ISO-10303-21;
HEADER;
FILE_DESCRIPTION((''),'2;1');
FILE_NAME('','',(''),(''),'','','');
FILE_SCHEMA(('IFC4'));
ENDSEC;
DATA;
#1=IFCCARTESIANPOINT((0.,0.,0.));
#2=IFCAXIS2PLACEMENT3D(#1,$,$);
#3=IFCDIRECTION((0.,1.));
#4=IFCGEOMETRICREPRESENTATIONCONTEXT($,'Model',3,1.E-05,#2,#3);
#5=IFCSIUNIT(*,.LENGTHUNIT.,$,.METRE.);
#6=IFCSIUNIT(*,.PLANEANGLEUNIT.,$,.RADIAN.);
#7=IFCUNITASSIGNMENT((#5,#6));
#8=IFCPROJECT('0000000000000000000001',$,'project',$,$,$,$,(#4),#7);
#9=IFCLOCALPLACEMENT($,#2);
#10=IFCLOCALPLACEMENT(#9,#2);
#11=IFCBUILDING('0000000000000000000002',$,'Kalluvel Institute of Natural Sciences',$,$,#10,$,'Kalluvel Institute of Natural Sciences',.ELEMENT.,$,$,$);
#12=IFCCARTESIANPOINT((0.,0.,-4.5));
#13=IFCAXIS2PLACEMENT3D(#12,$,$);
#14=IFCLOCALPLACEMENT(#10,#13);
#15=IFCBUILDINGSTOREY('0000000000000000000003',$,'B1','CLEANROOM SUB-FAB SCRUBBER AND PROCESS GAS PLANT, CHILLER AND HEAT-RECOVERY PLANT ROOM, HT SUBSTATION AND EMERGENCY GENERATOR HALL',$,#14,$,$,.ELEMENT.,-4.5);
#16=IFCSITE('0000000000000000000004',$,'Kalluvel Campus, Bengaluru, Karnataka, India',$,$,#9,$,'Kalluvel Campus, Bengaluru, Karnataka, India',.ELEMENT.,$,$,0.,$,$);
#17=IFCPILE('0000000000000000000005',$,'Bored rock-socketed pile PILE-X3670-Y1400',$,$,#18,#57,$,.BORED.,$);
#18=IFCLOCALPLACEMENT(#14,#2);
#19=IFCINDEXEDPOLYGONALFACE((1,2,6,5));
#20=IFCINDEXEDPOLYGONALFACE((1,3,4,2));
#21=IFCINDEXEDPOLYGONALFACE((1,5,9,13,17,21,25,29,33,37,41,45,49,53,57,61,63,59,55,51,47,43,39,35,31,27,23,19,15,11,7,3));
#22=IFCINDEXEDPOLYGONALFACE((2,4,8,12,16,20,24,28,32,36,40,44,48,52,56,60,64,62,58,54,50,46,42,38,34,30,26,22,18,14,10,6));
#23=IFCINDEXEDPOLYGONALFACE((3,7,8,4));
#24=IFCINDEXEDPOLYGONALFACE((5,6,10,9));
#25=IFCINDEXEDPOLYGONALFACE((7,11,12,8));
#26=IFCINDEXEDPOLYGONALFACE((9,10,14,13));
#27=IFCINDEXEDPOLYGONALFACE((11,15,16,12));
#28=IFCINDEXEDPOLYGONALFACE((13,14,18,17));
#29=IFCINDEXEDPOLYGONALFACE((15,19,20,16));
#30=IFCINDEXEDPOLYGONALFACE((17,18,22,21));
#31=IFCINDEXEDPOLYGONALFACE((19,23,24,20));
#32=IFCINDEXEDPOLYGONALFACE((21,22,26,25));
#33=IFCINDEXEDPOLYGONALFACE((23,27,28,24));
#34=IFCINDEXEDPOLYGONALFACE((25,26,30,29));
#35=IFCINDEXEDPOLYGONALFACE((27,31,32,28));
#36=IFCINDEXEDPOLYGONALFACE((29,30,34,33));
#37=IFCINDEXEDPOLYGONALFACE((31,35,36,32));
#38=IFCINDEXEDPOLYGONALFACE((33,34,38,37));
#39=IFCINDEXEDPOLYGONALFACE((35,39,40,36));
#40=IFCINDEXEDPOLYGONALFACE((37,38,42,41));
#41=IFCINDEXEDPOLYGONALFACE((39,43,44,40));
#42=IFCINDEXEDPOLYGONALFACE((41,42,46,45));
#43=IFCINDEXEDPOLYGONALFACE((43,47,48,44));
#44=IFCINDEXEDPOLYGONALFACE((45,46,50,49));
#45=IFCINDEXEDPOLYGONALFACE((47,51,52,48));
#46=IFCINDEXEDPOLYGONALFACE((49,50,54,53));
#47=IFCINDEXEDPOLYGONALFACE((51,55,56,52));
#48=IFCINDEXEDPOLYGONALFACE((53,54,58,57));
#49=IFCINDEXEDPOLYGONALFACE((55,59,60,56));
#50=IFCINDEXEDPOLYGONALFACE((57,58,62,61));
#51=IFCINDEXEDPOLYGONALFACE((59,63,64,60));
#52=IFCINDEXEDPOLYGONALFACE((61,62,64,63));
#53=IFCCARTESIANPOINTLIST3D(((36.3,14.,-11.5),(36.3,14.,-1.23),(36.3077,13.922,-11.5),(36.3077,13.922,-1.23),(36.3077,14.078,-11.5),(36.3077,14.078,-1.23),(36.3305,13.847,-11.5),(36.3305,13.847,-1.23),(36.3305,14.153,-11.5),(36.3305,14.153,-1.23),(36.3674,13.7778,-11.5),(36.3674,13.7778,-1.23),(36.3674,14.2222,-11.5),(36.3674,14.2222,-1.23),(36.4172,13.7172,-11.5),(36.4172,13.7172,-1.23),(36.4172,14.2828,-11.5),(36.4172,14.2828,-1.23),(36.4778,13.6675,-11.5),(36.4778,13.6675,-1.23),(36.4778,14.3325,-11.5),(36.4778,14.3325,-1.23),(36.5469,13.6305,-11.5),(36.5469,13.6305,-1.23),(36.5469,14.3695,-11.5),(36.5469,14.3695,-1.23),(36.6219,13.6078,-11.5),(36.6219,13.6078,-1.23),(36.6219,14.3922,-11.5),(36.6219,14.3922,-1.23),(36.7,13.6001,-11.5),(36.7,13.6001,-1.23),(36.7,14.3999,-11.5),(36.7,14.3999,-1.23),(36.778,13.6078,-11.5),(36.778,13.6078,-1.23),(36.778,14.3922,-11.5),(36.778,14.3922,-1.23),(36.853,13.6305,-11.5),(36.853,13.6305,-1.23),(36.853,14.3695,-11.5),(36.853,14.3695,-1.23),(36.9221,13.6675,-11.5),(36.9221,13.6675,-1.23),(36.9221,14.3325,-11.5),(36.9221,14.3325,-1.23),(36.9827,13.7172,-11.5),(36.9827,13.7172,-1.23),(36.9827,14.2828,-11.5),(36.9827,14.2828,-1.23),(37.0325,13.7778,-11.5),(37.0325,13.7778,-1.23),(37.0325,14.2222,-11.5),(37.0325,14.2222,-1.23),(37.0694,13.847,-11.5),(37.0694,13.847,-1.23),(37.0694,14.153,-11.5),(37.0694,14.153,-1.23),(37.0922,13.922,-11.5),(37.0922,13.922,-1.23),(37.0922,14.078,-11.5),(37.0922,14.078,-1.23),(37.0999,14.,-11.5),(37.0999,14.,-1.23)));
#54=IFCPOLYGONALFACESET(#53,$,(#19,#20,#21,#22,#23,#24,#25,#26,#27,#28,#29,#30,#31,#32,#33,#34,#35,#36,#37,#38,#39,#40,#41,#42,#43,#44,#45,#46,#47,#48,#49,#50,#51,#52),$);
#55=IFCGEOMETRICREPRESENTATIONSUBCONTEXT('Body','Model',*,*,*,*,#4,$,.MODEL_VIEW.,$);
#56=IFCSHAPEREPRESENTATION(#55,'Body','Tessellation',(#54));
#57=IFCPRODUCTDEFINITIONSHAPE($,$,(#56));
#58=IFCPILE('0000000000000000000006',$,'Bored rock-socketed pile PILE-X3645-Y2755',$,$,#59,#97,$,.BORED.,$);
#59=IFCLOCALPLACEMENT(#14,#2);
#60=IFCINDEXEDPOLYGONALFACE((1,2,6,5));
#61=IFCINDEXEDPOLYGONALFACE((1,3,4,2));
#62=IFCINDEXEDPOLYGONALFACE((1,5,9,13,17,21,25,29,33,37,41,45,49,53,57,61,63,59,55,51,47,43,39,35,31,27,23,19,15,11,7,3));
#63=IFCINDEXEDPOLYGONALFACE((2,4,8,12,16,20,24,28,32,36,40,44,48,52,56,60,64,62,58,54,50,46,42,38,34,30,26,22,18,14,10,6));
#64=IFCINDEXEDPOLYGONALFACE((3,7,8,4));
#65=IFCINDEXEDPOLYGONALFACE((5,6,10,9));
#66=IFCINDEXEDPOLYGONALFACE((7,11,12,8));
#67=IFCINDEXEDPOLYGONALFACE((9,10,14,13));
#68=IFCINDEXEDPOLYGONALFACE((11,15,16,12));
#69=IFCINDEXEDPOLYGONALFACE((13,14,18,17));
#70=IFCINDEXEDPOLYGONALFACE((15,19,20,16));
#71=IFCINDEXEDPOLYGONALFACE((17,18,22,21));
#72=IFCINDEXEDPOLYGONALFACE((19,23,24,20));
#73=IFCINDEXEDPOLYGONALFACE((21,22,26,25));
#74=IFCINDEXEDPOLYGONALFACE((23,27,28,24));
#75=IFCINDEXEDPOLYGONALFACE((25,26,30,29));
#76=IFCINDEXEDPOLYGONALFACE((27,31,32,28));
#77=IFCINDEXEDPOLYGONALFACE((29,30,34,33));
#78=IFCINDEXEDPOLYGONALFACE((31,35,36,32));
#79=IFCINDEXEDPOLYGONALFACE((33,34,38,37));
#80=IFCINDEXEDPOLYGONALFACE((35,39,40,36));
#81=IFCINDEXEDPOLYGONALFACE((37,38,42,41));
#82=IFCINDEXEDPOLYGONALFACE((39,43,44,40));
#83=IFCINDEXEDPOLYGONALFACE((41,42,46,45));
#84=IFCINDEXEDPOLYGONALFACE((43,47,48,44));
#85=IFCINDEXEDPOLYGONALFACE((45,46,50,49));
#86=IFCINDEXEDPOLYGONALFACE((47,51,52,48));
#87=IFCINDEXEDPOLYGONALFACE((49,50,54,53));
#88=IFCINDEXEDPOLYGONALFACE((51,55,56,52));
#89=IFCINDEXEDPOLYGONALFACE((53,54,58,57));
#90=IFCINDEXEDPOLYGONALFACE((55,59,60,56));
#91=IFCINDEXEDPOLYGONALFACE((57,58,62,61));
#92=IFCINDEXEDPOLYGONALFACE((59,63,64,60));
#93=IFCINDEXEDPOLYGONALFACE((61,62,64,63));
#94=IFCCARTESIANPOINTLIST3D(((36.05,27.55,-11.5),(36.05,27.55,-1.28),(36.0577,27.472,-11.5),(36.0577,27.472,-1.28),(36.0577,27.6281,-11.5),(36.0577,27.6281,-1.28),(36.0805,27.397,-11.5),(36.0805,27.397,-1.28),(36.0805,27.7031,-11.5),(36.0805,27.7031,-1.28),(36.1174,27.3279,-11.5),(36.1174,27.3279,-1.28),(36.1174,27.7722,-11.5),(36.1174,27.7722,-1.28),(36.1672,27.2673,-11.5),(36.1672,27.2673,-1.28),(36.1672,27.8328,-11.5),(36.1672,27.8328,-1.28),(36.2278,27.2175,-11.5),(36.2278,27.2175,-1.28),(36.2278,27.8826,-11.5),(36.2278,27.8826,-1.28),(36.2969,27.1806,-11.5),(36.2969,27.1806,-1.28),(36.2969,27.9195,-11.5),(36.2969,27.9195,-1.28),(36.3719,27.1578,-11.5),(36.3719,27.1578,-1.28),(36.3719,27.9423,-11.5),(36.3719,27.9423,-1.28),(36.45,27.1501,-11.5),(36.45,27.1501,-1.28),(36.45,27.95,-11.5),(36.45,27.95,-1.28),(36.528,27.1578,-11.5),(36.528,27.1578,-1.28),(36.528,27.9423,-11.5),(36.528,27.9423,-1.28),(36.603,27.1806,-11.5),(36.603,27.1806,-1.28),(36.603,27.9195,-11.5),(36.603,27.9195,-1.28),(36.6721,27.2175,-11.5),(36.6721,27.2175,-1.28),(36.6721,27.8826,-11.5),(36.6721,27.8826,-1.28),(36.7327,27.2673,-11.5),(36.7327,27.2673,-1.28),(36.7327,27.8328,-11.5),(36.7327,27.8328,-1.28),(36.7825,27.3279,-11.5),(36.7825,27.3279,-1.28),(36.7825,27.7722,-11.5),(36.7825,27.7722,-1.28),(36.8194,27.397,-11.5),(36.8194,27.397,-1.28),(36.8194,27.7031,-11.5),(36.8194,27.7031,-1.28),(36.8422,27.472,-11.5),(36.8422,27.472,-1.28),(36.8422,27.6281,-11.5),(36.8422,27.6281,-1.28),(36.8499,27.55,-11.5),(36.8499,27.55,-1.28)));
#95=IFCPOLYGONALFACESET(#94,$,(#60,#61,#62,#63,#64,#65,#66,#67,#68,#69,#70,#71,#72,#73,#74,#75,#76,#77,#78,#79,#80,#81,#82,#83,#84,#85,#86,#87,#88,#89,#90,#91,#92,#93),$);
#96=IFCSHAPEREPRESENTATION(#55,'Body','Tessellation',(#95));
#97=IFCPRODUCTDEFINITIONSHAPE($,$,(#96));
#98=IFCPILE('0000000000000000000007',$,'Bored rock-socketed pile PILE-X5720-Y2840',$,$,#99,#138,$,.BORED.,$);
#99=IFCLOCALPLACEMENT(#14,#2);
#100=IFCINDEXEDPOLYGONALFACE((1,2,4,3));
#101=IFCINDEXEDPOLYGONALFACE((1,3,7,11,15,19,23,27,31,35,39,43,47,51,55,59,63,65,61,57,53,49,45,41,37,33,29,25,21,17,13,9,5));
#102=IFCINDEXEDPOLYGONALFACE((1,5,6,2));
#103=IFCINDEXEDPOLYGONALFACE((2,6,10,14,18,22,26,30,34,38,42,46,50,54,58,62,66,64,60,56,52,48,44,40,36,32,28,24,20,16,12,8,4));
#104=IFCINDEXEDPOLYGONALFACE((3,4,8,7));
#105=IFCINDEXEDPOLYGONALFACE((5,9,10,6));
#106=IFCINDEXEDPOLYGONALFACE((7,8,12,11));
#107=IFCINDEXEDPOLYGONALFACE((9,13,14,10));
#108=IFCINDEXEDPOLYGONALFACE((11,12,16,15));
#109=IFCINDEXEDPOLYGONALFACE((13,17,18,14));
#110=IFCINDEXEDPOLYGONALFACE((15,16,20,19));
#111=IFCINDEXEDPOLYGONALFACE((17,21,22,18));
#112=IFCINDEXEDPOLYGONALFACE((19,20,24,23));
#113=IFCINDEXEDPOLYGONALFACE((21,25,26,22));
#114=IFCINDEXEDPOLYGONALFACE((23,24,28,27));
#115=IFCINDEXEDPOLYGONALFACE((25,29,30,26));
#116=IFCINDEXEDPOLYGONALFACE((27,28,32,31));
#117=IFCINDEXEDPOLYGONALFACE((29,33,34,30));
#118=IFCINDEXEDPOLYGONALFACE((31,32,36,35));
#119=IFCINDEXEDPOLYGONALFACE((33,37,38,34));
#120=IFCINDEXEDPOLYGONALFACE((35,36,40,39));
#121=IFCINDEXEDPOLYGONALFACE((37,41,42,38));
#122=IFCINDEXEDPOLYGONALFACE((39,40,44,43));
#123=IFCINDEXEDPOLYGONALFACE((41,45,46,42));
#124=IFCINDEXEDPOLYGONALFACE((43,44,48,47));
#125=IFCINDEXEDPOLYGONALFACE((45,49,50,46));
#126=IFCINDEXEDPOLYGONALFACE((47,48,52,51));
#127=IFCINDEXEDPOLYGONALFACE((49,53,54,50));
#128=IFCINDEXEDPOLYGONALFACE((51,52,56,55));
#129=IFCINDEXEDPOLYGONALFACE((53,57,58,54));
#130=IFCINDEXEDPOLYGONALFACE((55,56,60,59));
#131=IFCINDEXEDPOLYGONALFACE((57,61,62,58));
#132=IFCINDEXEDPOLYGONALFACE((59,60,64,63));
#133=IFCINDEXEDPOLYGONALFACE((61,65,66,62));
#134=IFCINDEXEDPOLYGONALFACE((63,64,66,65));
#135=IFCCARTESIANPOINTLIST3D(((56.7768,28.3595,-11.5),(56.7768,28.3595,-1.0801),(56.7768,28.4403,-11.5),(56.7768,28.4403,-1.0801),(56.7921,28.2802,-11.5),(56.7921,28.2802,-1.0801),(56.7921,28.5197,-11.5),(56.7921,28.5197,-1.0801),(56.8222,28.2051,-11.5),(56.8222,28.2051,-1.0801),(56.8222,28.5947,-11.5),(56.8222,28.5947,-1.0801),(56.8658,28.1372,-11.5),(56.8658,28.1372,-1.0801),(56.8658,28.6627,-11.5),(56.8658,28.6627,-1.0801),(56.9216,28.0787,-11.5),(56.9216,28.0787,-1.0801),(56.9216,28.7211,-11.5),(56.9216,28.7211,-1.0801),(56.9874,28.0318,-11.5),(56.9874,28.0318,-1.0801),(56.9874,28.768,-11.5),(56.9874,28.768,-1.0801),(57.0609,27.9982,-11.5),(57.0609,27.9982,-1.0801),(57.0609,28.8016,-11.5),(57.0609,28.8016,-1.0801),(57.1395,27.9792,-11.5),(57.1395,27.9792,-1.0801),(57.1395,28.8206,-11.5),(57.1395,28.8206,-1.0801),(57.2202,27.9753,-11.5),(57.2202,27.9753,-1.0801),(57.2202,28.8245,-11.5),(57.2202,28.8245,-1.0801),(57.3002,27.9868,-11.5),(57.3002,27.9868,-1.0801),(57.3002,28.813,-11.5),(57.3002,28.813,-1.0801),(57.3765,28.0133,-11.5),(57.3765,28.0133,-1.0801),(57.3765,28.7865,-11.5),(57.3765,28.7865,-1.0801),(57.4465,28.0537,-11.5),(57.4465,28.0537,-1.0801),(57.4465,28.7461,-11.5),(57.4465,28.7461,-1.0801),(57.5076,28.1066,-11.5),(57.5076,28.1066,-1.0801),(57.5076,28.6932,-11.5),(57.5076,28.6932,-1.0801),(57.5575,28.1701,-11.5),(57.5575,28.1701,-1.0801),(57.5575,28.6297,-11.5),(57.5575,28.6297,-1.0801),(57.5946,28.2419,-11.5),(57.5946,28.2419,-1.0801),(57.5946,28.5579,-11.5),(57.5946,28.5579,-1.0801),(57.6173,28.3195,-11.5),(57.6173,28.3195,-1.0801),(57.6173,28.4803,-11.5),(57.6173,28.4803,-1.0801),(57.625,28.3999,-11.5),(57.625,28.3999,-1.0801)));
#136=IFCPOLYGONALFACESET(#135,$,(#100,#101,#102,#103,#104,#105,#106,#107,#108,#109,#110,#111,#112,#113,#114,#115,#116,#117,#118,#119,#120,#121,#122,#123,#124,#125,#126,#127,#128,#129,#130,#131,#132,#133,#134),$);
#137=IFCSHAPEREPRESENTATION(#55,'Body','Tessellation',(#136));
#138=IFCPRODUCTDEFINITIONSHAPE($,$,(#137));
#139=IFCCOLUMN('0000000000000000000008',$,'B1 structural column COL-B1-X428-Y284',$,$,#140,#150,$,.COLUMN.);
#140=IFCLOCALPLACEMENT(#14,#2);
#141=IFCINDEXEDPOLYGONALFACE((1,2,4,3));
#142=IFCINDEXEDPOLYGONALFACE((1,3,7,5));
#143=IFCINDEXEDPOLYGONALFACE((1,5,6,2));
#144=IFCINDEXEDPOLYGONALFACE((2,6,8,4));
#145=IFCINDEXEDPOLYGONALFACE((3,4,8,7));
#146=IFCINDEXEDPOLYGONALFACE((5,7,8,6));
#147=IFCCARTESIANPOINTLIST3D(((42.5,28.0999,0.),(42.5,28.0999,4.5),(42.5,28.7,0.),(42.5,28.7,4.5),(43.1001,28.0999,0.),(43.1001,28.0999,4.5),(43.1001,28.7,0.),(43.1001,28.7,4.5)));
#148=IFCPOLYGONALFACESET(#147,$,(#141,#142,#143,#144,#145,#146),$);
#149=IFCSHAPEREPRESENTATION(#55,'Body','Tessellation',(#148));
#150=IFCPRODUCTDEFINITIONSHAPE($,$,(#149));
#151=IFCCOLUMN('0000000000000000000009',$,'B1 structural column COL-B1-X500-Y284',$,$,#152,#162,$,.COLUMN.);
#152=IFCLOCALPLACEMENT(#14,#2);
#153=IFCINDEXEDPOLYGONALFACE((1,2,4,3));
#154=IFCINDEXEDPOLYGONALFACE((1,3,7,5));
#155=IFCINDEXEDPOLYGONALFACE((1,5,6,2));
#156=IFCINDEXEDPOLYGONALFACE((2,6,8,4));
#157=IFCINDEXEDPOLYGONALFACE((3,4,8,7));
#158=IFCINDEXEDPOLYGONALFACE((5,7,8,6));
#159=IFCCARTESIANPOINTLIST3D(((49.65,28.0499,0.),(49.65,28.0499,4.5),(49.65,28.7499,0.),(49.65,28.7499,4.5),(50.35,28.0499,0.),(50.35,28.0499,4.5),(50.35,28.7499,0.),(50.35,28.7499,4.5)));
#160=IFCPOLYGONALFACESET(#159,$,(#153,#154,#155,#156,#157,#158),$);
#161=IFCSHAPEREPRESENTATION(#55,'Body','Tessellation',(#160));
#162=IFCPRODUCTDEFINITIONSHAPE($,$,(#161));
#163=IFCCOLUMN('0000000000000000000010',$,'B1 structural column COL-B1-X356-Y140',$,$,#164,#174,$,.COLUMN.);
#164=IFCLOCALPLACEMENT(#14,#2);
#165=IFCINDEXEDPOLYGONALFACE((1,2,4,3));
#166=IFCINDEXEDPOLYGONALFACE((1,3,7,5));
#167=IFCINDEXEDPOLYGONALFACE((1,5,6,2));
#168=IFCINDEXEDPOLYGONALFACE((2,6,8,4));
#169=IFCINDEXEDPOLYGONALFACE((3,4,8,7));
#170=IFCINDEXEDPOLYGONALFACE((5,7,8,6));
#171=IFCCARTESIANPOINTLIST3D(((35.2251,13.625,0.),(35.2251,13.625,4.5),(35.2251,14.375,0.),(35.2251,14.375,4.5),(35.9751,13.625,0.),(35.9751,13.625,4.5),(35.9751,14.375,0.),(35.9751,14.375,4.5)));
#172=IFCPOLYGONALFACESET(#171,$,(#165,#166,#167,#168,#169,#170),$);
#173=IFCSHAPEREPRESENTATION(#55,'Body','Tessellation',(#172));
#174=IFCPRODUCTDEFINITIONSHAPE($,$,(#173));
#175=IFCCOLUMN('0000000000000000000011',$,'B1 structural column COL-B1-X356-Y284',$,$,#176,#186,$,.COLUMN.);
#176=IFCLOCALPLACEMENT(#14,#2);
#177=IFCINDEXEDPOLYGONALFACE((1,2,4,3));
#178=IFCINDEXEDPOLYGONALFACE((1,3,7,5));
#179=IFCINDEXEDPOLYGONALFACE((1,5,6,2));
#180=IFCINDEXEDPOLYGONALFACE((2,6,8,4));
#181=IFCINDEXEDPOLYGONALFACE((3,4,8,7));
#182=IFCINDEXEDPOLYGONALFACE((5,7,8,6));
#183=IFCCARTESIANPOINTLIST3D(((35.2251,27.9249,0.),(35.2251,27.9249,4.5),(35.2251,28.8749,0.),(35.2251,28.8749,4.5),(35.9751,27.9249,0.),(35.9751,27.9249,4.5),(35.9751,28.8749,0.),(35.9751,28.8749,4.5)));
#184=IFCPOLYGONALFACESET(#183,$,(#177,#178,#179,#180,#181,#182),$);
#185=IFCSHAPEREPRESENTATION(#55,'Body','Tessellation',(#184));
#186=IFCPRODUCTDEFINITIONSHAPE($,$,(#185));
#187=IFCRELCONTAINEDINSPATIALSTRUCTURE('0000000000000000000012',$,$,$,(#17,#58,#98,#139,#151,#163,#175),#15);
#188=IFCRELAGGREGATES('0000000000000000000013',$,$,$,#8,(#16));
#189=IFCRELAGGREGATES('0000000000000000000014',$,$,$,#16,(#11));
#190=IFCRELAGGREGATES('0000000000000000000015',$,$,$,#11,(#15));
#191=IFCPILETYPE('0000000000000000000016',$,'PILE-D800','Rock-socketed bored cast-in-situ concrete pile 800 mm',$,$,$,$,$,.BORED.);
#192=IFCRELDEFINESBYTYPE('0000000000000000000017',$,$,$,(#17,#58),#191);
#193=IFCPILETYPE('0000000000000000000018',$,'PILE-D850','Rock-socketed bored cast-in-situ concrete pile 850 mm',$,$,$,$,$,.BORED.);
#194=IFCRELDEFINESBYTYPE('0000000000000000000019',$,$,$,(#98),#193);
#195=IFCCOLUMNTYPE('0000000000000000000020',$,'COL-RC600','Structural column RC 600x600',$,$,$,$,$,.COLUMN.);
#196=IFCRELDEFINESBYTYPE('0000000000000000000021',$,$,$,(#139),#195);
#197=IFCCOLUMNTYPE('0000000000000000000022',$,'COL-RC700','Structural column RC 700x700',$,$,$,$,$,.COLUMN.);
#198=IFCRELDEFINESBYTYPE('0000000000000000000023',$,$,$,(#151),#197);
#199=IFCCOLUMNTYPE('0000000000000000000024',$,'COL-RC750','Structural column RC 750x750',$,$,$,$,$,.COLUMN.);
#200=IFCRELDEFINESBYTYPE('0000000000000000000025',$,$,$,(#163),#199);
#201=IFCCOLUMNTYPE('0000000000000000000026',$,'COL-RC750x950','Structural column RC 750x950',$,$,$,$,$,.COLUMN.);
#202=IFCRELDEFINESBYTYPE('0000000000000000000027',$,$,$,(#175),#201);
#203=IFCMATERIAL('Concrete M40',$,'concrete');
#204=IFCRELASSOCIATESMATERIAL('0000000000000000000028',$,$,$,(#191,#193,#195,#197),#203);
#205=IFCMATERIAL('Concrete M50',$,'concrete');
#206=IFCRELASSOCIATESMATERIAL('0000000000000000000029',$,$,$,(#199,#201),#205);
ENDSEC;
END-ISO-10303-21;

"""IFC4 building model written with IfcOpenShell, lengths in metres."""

from ifc_helpers import new_model, si_unit, direction, frame, origin, origin_2d, place, context, subcontext, project, spatial, rectangle, circle, extrude, material, material_profile, profile_set, type_object, element, save


model = new_model("IFC4")

# Units and contexts
model_context = context("Model", 3, precision=1e-05, world=origin(), true_north=direction((0.0, 1.0)))
body_context = subcontext(model_context, "Body", "Model", "MODEL_VIEW")
ifc_project = project(units=[si_unit("LENGTHUNIT", "METRE"), si_unit("PLANEANGLEUNIT", "RADIAN")], contexts=[model_context])

# Site, building, storey
site_placement = place(None, origin())
site = spatial("IfcSite", under=ifc_project, at=site_placement, Name="Kalluvel Campus, Bengaluru, Karnataka, India", LongName="Kalluvel Campus, Bengaluru, Karnataka, India", CompositionType="ELEMENT", RefElevation=0.0)
building_placement = place(site_placement, origin())
building = spatial("IfcBuilding", under=site, at=building_placement, Name="Kalluvel Institute of Natural Sciences", LongName="Kalluvel Institute of Natural Sciences", CompositionType="ELEMENT")
storey_placement = place(building_placement, frame((0.0, 0.0, -4.5)))
storey = spatial("IfcBuildingStorey", under=building, at=storey_placement, Name="B1", Description="CLEANROOM SUB-FAB SCRUBBER AND PROCESS GAS PLANT, CHILLER AND HEAT-RECOVERY PLANT ROOM, HT SUBSTATION AND EMERGENCY GENERATOR HALL", CompositionType="ELEMENT", Elevation=-4.5)

# Shared definitions
ifc_material_1 = material(Name="Concrete M40", Category="concrete")

# Piles
ifc_material_profile_1 = material_profile(ifc_material_1, circle(Radius=0.3999, at=origin_2d()), Name="PILE D800")
ifc_profile_set_1 = profile_set([ifc_material_profile_1], Name="Concrete M40")
pile_type_1 = type_object("IfcPileType", Name="PILE-D800", Description="Rock-socketed bored cast-in-situ concrete pile 800 mm", PredefinedType="BORED", material=ifc_profile_set_1)
pile_1_placement = place(storey_placement, frame((36.7, 14.0, -1.23), z_axis=(0.0, 0.0, -1.0), x_axis=(1.0, 0.0, 0.0)))
element("IfcPile", 1, at=pile_1_placement, inside=storey, type_object=pile_type_1, Name="Bored rock-socketed pile PILE-X3670-Y1400", PredefinedType="BORED", context=body_context, shape_type="SweptSolid", body=[
    extrude(circle(Radius=0.3999, at=origin_2d()), origin(), (0.0, 0.0, 1.0), 10.27),
])
pile_2_placement = place(storey_placement, frame((36.45, 27.55, -1.28), z_axis=(0.0, 0.0, -1.0), x_axis=(1.0, 0.0, 0.0)))
element("IfcPile", 2, at=pile_2_placement, inside=storey, type_object=pile_type_1, Name="Bored rock-socketed pile PILE-X3645-Y2755", PredefinedType="BORED", context=body_context, shape_type="SweptSolid", body=[
    extrude(circle(Radius=0.3999, at=origin_2d()), origin(), (0.0, 0.0, 1.0), 10.22),
])
ifc_material_profile_2 = material_profile(ifc_material_1, circle(Radius=0.425, at=origin_2d()), Name="PILE D850")
ifc_profile_set_2 = profile_set([ifc_material_profile_2], Name="Concrete M40")
pile_type_2 = type_object("IfcPileType", Name="PILE-D850", Description="Rock-socketed bored cast-in-situ concrete pile 850 mm", PredefinedType="BORED", material=ifc_profile_set_2)
pile_3_placement = place(storey_placement, frame((57.2, 28.3999, -1.0801), z_axis=(0.0, 0.0, -1.0), x_axis=(1.0, 0.0, 0.0)))
element("IfcPile", 3, at=pile_3_placement, inside=storey, type_object=pile_type_2, Name="Bored rock-socketed pile PILE-X5720-Y2840", PredefinedType="BORED", context=body_context, shape_type="SweptSolid", body=[
    extrude(circle(Radius=0.425, at=origin_2d()), origin(), (0.0, 0.0, 1.0), 10.4199),
])

# Columns
ifc_material_profile_3 = material_profile(ifc_material_1, rectangle(XDim=0.6001, YDim=0.6001, at=origin_2d()), Name="RC 600x600")
ifc_profile_set_3 = profile_set([ifc_material_profile_3], Name="Concrete M40")
column_type_1 = type_object("IfcColumnType", Name="COL-RC600", Description="Structural column RC 600x600", PredefinedType="COLUMN", material=ifc_profile_set_3)
column_1_placement = place(storey_placement, frame((42.8, 28.3999, 0.0), z_axis=(0.0, 0.0, 1.0), x_axis=(1.0, 0.0, 0.0)))
element("IfcColumn", 4, at=column_1_placement, inside=storey, type_object=column_type_1, Name="B1 structural column COL-B1-X428-Y284", PredefinedType="COLUMN", context=body_context, shape_type="SweptSolid", body=[
    extrude(rectangle(XDim=0.6001, YDim=0.6001, at=origin_2d()), origin(), (0.0, 0.0, 1.0), 4.5),
])
ifc_material_profile_4 = material_profile(ifc_material_1, rectangle(XDim=0.7, YDim=0.7, at=origin_2d()), Name="RC 700x700")
ifc_profile_set_4 = profile_set([ifc_material_profile_4], Name="Concrete M40")
column_type_2 = type_object("IfcColumnType", Name="COL-RC700", Description="Structural column RC 700x700", PredefinedType="COLUMN", material=ifc_profile_set_4)
column_2_placement = place(storey_placement, frame((50.0, 28.3999, 0.0), z_axis=(0.0, 0.0, 1.0), x_axis=(1.0, 0.0, 0.0)))
element("IfcColumn", 5, at=column_2_placement, inside=storey, type_object=column_type_2, Name="B1 structural column COL-B1-X500-Y284", PredefinedType="COLUMN", context=body_context, shape_type="SweptSolid", body=[
    extrude(rectangle(XDim=0.7, YDim=0.7, at=origin_2d()), origin(), (0.0, 0.0, 1.0), 4.5),
])
ifc_material_2 = material(Name="Concrete M50", Category="concrete")
ifc_material_profile_5 = material_profile(ifc_material_2, rectangle(XDim=0.75, YDim=0.75, at=origin_2d()), Name="RC 750x750")
ifc_profile_set_5 = profile_set([ifc_material_profile_5], Name="Concrete M50")
column_type_3 = type_object("IfcColumnType", Name="COL-RC750", Description="Structural column RC 750x750", PredefinedType="COLUMN", material=ifc_profile_set_5)
column_3_placement = place(storey_placement, frame((35.6001, 14.0, 0.0), z_axis=(0.0, 0.0, 1.0), x_axis=(1.0, 0.0, 0.0)))
element("IfcColumn", 6, at=column_3_placement, inside=storey, type_object=column_type_3, Name="B1 structural column COL-B1-X356-Y140", PredefinedType="COLUMN", context=body_context, shape_type="SweptSolid", body=[
    extrude(rectangle(XDim=0.75, YDim=0.75, at=origin_2d()), origin(), (0.0, 0.0, 1.0), 4.5),
])
ifc_material_profile_6 = material_profile(ifc_material_2, rectangle(XDim=0.75, YDim=0.95, at=origin_2d()), Name="RC 750x950")
ifc_profile_set_6 = profile_set([ifc_material_profile_6], Name="Concrete M50")
column_type_4 = type_object("IfcColumnType", Name="COL-RC750x950", Description="Structural column RC 750x950", PredefinedType="COLUMN", material=ifc_profile_set_6)
column_4_placement = place(storey_placement, frame((35.6001, 28.3999, 0.0), z_axis=(0.0, 0.0, 1.0), x_axis=(1.0, 0.0, 0.0)))
element("IfcColumn", 7, at=column_4_placement, inside=storey, type_object=column_type_4, Name="B1 structural column COL-B1-X356-Y284", PredefinedType="COLUMN", context=body_context, shape_type="SweptSolid", body=[
    extrude(rectangle(XDim=0.75, YDim=0.95, at=origin_2d()), origin(), (0.0, 0.0, 1.0), 4.5),
])

save(model, "model.ifc")
